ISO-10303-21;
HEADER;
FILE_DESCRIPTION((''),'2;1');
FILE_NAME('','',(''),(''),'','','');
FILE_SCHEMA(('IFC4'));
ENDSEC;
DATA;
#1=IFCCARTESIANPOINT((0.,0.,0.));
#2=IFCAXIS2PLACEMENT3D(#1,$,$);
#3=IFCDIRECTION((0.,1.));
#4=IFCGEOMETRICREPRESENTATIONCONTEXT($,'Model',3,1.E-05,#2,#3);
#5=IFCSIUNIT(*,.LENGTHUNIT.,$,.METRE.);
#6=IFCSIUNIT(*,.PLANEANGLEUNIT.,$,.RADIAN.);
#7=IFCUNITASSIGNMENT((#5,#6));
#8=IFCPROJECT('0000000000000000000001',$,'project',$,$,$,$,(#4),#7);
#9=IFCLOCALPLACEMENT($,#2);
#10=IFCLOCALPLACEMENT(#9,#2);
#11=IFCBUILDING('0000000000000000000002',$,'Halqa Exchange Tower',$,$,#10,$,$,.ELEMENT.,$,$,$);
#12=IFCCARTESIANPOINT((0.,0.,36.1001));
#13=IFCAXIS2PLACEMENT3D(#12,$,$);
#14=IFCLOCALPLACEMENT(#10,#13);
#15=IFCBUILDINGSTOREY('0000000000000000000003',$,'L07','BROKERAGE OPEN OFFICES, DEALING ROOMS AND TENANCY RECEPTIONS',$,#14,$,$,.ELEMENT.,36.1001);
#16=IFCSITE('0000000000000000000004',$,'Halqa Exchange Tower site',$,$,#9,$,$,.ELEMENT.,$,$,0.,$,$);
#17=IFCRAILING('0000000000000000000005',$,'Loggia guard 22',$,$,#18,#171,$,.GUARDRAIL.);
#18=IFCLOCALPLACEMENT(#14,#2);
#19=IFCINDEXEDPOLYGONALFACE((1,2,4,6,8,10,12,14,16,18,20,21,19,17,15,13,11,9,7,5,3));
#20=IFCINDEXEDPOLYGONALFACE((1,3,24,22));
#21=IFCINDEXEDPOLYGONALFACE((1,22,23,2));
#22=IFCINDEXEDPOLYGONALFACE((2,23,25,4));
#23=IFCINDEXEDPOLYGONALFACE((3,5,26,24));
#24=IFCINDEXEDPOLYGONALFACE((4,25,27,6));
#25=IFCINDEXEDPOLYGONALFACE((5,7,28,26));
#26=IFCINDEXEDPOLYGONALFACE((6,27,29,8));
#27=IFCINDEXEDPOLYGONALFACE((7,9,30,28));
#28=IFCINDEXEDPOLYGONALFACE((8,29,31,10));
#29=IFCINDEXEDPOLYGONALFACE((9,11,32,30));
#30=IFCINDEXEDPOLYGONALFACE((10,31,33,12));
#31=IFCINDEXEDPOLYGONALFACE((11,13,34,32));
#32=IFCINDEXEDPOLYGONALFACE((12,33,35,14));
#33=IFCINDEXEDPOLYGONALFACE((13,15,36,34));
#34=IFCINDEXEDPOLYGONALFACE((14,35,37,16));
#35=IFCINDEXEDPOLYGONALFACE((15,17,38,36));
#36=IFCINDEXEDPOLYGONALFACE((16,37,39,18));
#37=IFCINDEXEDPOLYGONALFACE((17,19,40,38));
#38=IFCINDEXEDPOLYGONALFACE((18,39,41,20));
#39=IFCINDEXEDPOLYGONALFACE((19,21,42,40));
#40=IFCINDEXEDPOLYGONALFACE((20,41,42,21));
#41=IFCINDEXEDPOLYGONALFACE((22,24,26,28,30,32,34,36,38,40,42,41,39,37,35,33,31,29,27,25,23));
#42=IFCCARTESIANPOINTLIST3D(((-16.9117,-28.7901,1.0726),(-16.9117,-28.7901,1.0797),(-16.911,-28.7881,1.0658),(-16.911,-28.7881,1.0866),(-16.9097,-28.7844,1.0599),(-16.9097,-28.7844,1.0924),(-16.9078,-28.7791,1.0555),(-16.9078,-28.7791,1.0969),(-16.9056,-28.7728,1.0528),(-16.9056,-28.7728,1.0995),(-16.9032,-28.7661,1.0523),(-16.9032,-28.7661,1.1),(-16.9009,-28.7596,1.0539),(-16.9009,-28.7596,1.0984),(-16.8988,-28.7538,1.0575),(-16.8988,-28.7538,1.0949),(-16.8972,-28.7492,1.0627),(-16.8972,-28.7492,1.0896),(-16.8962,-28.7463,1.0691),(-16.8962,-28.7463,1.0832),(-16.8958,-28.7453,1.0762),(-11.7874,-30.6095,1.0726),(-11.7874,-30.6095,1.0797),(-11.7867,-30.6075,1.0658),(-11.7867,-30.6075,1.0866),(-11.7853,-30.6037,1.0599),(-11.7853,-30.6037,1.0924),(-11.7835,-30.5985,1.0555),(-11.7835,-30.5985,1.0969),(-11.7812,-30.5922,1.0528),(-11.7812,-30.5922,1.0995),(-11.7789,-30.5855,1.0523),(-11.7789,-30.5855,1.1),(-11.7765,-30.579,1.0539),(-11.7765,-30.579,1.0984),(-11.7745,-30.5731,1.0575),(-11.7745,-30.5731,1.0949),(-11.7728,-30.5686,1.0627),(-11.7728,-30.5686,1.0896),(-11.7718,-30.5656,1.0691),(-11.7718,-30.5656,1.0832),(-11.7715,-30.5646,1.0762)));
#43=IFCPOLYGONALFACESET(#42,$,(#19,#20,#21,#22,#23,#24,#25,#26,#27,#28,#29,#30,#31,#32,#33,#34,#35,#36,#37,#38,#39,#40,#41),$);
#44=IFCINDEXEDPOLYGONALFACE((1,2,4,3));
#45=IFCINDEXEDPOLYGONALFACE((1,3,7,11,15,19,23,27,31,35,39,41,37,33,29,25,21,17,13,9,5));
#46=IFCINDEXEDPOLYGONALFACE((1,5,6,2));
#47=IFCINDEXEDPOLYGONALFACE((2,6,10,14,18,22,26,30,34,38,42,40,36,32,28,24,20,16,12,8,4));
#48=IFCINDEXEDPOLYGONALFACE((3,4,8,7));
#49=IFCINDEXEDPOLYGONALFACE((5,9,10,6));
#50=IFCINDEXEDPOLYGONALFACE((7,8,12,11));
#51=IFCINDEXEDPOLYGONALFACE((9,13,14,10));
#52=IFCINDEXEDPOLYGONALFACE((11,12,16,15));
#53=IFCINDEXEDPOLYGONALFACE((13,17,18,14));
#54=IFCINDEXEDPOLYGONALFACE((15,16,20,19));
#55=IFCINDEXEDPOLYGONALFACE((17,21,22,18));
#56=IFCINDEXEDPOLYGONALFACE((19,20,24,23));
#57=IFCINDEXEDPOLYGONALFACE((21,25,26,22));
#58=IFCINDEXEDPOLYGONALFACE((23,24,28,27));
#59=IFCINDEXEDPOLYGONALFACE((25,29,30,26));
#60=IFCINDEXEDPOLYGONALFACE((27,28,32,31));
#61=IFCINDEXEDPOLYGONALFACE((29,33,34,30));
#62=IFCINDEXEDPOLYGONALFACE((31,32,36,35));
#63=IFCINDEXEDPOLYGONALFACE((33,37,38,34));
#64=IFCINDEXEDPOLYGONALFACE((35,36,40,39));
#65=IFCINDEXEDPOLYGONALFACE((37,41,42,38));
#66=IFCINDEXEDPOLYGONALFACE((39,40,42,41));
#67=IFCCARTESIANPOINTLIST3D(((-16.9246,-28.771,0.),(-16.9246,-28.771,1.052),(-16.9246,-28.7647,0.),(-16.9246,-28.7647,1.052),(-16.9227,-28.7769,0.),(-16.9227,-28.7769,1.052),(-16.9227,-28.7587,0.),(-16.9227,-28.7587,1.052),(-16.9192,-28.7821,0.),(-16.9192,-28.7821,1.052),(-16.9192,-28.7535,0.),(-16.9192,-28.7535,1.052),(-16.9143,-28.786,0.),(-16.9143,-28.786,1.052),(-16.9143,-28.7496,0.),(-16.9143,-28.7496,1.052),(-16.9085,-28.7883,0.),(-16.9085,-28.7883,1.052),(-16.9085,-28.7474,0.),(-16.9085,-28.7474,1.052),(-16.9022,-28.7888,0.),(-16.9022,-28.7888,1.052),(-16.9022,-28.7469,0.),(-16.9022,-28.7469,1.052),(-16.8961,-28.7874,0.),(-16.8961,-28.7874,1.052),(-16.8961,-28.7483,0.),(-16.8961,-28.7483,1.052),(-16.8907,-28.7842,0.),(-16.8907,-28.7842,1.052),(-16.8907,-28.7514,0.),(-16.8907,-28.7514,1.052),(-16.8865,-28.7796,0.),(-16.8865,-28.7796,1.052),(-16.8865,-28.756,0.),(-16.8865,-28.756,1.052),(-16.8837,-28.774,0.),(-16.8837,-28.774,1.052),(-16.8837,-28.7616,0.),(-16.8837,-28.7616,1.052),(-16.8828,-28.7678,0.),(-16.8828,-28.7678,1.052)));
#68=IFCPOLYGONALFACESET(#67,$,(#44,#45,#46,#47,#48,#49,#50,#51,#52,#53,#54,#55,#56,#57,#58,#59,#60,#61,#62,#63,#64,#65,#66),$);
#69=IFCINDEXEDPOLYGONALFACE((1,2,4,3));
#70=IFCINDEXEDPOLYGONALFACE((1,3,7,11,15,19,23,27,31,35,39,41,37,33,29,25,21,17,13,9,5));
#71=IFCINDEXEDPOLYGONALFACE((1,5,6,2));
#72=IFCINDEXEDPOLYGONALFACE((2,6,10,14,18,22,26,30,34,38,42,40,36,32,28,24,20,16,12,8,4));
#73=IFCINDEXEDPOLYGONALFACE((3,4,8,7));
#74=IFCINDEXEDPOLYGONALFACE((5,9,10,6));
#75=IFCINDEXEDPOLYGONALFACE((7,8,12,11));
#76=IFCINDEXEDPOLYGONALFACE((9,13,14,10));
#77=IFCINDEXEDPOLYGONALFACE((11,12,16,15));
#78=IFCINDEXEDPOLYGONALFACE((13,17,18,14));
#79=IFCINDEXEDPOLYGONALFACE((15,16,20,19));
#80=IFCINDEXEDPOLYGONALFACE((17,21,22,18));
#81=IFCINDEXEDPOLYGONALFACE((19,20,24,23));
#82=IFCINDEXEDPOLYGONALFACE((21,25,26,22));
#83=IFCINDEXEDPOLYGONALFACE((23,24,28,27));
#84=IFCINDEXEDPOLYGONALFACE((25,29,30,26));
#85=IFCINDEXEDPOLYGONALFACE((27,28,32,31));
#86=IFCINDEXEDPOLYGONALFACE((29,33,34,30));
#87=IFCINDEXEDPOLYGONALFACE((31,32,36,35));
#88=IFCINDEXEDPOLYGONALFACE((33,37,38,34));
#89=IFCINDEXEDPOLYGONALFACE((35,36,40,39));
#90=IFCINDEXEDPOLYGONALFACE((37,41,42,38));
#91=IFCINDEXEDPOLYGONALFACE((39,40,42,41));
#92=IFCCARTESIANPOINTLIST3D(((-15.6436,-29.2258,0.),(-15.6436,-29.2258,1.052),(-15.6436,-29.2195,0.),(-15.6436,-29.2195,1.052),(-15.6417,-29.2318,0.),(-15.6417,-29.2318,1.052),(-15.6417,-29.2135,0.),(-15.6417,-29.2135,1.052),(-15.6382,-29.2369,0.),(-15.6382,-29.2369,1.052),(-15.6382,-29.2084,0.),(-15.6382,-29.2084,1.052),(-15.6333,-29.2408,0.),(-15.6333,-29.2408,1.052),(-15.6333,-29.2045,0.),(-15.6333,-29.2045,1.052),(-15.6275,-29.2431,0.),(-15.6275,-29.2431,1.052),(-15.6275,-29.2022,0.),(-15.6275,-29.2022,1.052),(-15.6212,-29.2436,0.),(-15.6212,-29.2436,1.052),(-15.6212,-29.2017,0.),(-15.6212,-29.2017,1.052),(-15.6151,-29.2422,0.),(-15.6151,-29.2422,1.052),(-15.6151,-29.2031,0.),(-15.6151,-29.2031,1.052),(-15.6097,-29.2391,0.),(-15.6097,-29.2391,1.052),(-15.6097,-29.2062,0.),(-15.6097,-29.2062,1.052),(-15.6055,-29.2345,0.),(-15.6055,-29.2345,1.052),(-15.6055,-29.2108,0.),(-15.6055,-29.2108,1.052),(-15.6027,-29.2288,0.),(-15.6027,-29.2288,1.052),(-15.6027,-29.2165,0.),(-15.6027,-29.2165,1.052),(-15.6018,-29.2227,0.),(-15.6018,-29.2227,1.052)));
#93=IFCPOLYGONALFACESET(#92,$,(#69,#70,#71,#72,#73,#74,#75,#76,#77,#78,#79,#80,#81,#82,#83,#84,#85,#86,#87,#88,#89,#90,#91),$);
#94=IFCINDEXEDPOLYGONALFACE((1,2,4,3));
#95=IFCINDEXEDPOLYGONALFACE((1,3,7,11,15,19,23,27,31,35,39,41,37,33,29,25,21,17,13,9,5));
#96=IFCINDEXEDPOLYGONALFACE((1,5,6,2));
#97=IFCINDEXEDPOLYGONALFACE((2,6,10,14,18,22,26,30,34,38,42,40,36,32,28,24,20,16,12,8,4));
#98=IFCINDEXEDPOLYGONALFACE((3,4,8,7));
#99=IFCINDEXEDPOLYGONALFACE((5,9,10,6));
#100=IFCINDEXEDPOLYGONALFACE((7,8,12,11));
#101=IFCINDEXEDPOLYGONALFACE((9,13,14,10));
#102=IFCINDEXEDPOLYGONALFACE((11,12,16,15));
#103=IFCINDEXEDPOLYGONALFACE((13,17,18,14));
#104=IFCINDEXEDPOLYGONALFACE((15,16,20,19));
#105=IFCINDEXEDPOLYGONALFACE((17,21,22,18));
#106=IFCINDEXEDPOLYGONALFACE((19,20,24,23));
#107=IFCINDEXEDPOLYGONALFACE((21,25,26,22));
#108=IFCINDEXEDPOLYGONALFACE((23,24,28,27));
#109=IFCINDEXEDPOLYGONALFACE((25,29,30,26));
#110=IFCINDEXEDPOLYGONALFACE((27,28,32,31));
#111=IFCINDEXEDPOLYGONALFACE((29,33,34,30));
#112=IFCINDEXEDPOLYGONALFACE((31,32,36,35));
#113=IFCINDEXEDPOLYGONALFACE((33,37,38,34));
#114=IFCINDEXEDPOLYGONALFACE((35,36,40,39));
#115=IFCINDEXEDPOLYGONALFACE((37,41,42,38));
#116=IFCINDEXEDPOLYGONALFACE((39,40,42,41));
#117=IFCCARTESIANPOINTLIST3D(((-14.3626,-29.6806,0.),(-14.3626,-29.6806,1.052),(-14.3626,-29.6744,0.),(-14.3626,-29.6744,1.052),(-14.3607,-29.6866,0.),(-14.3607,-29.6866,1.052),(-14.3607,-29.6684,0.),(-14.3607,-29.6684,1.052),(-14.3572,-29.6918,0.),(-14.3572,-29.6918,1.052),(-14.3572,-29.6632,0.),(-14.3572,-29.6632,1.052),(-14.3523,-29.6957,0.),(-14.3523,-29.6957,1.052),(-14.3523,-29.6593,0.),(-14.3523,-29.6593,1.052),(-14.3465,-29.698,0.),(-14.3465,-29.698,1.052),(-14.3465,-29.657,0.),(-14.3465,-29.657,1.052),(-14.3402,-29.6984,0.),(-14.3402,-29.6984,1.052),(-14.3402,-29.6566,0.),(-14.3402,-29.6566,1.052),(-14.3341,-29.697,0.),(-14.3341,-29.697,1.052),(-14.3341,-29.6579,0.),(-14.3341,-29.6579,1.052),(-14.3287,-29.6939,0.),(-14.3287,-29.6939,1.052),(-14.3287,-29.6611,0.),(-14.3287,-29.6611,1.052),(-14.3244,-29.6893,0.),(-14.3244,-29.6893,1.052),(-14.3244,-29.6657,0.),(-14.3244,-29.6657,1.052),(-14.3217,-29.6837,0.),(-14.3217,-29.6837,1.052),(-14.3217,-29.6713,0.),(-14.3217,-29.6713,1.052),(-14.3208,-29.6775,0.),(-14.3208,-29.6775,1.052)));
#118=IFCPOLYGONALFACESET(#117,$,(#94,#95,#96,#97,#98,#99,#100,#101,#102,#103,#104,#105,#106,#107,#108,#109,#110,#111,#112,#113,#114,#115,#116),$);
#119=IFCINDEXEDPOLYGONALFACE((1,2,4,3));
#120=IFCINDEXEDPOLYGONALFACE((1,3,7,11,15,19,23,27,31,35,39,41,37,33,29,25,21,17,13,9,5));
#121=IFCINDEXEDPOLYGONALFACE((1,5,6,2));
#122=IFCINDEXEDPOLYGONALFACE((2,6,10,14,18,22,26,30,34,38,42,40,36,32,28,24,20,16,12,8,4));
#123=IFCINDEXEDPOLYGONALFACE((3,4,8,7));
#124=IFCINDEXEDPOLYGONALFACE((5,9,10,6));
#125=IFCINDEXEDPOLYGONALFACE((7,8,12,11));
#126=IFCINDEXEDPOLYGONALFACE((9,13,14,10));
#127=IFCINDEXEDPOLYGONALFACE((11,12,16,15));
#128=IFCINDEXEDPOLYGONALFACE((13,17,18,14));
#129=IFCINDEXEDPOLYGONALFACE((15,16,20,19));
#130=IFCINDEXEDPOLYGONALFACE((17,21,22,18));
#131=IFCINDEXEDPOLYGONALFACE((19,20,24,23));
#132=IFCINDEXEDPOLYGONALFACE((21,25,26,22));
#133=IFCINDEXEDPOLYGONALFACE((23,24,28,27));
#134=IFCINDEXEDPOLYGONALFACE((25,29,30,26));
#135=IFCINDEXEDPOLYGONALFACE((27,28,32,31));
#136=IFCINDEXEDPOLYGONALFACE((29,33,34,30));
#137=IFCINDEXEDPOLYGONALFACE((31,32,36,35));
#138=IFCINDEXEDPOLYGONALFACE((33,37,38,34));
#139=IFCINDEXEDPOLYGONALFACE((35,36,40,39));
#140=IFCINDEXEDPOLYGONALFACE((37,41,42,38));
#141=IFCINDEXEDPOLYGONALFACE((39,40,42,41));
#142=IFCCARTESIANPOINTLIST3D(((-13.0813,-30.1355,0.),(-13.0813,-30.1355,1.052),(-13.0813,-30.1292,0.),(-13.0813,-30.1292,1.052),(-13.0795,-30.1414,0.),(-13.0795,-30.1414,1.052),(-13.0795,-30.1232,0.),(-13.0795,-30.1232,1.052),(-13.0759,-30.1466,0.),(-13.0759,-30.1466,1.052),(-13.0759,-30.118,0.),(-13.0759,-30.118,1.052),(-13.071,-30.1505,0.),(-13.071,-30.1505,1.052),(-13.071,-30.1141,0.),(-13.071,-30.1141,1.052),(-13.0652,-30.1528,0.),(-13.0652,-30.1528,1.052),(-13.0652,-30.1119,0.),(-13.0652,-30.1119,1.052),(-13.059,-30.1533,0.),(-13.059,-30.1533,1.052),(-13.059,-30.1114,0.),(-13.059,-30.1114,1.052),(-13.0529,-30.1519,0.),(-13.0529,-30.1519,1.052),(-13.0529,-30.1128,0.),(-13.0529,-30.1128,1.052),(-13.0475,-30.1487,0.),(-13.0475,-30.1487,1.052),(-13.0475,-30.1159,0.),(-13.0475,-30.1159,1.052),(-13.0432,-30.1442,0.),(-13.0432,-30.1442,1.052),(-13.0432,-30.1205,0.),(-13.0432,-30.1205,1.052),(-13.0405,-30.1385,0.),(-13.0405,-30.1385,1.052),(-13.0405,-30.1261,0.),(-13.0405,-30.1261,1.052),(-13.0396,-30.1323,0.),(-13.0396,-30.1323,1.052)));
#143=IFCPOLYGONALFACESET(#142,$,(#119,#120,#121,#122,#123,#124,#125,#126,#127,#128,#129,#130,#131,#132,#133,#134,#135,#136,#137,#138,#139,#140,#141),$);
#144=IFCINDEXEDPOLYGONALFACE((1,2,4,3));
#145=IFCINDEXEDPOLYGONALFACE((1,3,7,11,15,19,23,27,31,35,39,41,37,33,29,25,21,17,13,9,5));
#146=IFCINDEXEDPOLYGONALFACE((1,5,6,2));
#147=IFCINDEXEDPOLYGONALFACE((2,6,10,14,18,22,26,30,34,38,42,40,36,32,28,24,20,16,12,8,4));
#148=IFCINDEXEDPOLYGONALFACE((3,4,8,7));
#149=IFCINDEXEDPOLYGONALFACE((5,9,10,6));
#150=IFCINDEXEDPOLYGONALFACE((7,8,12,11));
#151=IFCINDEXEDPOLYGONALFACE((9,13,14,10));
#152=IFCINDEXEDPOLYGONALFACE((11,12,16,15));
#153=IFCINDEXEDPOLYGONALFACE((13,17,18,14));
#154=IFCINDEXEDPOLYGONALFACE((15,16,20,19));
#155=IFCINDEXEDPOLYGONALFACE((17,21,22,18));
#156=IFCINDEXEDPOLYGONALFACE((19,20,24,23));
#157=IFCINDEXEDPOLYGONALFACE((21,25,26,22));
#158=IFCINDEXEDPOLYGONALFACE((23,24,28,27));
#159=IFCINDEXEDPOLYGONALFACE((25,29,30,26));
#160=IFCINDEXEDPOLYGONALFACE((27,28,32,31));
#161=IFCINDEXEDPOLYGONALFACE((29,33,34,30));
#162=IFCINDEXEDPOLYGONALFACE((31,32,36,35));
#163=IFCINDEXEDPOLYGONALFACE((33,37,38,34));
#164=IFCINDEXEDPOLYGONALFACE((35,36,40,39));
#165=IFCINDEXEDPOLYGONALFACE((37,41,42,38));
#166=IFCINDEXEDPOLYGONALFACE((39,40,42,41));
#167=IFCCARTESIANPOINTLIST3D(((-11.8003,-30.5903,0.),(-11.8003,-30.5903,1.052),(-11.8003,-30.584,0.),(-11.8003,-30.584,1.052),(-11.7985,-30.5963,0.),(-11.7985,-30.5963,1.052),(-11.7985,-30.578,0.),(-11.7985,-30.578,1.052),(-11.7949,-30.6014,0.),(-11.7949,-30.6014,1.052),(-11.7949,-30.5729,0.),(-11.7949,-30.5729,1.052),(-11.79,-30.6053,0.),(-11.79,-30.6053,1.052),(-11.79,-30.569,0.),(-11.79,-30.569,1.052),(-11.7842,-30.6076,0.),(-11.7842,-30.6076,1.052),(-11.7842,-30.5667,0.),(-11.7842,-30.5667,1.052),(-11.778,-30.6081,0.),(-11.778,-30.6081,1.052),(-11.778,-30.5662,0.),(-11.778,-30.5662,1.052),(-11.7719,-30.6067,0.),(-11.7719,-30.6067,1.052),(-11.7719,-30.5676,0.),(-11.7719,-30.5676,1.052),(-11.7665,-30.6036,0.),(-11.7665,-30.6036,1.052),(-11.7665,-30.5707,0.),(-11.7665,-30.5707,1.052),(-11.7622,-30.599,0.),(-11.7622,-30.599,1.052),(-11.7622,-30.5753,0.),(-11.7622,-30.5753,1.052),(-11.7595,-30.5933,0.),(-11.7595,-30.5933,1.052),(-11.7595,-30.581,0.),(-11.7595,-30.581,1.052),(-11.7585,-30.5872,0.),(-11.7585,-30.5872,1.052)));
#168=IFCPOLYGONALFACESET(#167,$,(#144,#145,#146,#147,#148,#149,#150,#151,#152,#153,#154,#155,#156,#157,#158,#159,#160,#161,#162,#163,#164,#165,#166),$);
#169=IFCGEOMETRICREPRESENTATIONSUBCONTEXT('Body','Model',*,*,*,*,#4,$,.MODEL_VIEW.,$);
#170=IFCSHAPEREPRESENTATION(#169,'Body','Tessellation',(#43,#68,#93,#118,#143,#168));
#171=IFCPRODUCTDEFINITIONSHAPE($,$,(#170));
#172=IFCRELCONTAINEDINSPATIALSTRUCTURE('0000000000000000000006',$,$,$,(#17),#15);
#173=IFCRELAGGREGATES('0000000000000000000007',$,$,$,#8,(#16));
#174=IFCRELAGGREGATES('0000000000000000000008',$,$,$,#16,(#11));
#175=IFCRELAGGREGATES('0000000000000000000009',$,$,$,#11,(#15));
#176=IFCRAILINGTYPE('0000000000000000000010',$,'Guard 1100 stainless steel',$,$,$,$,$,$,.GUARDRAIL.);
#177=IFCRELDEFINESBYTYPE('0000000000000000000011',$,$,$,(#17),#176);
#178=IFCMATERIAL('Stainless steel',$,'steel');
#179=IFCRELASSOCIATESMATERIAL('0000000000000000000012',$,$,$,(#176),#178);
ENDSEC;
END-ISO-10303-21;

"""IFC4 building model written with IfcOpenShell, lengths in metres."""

from ifc_helpers import new_model, si_unit, direction, frame, origin, origin_2d, place, context, subcontext, project, spatial, circle, extrude, material, type_object, element, save


model = new_model("IFC4")

# Units and contexts
model_context = context("Model", 3, precision=1e-05, world=origin(), true_north=direction((0.0, 1.0)))
body_context = subcontext(model_context, "Body", "Model", "MODEL_VIEW")
ifc_project = project(units=[si_unit("LENGTHUNIT", "METRE"), si_unit("PLANEANGLEUNIT", "RADIAN")], contexts=[model_context])

# Site, building, storey
site_placement = place(None, origin())
site = spatial("IfcSite", under=ifc_project, at=site_placement, Name="Halqa Exchange Tower site", CompositionType="ELEMENT", RefElevation=0.0)
building_placement = place(site_placement, origin())
building = spatial("IfcBuilding", under=site, at=building_placement, Name="Halqa Exchange Tower", CompositionType="ELEMENT")
storey_placement = place(building_placement, frame((0.0, 0.0, 36.1001)))
storey = spatial("IfcBuildingStorey", under=building, at=storey_placement, Name="L07", Description="BROKERAGE OPEN OFFICES, DEALING ROOMS AND TENANCY RECEPTIONS", CompositionType="ELEMENT", Elevation=36.1001)

# Railing
ifc_material_1 = material(Name="Stainless steel", Category="steel")
railing_type = type_object("IfcRailingType", Name="Guard 1100 stainless steel", PredefinedType="GUARDRAIL", material=ifc_material_1)
railing_1_placement = place(storey_placement, frame((-16.9038, -28.7678, 0.0)))
element("IfcRailing", 1, at=railing_1_placement, inside=storey, type_object=railing_type, Name="Loggia guard 22", PredefinedType="GUARDRAIL", context=body_context, shape_type="SweptSolid", body=[
    extrude(circle(Radius=0.0239, at=origin_2d()), frame((0.0, 0.0, 1.0762), z_axis=(0.942367, -0.334581, 0.0), x_axis=(0.334581, 0.942367, 0.0)), (0.0, 0.0, 1.0), 5.4377),
    extrude(circle(Radius=0.021, at=origin_2d()), origin(), (0.0, 0.0, 1.0), 1.052),
    extrude(circle(Radius=0.021, at=origin_2d()), frame((1.281, -0.4548, 0.0)), (0.0, 0.0, 1.0), 1.052),
    extrude(circle(Radius=0.021, at=origin_2d()), frame((2.562, -0.9097, 0.0)), (0.0, 0.0, 1.0), 1.052),
    extrude(circle(Radius=0.021, at=origin_2d()), frame((3.8433, -1.3645, 0.0)), (0.0, 0.0, 1.0), 1.052),
    extrude(circle(Radius=0.021, at=origin_2d()), frame((5.1243, -1.8193, 0.0)), (0.0, 0.0, 1.0), 1.052),
])

save(model, "model.ifc")
